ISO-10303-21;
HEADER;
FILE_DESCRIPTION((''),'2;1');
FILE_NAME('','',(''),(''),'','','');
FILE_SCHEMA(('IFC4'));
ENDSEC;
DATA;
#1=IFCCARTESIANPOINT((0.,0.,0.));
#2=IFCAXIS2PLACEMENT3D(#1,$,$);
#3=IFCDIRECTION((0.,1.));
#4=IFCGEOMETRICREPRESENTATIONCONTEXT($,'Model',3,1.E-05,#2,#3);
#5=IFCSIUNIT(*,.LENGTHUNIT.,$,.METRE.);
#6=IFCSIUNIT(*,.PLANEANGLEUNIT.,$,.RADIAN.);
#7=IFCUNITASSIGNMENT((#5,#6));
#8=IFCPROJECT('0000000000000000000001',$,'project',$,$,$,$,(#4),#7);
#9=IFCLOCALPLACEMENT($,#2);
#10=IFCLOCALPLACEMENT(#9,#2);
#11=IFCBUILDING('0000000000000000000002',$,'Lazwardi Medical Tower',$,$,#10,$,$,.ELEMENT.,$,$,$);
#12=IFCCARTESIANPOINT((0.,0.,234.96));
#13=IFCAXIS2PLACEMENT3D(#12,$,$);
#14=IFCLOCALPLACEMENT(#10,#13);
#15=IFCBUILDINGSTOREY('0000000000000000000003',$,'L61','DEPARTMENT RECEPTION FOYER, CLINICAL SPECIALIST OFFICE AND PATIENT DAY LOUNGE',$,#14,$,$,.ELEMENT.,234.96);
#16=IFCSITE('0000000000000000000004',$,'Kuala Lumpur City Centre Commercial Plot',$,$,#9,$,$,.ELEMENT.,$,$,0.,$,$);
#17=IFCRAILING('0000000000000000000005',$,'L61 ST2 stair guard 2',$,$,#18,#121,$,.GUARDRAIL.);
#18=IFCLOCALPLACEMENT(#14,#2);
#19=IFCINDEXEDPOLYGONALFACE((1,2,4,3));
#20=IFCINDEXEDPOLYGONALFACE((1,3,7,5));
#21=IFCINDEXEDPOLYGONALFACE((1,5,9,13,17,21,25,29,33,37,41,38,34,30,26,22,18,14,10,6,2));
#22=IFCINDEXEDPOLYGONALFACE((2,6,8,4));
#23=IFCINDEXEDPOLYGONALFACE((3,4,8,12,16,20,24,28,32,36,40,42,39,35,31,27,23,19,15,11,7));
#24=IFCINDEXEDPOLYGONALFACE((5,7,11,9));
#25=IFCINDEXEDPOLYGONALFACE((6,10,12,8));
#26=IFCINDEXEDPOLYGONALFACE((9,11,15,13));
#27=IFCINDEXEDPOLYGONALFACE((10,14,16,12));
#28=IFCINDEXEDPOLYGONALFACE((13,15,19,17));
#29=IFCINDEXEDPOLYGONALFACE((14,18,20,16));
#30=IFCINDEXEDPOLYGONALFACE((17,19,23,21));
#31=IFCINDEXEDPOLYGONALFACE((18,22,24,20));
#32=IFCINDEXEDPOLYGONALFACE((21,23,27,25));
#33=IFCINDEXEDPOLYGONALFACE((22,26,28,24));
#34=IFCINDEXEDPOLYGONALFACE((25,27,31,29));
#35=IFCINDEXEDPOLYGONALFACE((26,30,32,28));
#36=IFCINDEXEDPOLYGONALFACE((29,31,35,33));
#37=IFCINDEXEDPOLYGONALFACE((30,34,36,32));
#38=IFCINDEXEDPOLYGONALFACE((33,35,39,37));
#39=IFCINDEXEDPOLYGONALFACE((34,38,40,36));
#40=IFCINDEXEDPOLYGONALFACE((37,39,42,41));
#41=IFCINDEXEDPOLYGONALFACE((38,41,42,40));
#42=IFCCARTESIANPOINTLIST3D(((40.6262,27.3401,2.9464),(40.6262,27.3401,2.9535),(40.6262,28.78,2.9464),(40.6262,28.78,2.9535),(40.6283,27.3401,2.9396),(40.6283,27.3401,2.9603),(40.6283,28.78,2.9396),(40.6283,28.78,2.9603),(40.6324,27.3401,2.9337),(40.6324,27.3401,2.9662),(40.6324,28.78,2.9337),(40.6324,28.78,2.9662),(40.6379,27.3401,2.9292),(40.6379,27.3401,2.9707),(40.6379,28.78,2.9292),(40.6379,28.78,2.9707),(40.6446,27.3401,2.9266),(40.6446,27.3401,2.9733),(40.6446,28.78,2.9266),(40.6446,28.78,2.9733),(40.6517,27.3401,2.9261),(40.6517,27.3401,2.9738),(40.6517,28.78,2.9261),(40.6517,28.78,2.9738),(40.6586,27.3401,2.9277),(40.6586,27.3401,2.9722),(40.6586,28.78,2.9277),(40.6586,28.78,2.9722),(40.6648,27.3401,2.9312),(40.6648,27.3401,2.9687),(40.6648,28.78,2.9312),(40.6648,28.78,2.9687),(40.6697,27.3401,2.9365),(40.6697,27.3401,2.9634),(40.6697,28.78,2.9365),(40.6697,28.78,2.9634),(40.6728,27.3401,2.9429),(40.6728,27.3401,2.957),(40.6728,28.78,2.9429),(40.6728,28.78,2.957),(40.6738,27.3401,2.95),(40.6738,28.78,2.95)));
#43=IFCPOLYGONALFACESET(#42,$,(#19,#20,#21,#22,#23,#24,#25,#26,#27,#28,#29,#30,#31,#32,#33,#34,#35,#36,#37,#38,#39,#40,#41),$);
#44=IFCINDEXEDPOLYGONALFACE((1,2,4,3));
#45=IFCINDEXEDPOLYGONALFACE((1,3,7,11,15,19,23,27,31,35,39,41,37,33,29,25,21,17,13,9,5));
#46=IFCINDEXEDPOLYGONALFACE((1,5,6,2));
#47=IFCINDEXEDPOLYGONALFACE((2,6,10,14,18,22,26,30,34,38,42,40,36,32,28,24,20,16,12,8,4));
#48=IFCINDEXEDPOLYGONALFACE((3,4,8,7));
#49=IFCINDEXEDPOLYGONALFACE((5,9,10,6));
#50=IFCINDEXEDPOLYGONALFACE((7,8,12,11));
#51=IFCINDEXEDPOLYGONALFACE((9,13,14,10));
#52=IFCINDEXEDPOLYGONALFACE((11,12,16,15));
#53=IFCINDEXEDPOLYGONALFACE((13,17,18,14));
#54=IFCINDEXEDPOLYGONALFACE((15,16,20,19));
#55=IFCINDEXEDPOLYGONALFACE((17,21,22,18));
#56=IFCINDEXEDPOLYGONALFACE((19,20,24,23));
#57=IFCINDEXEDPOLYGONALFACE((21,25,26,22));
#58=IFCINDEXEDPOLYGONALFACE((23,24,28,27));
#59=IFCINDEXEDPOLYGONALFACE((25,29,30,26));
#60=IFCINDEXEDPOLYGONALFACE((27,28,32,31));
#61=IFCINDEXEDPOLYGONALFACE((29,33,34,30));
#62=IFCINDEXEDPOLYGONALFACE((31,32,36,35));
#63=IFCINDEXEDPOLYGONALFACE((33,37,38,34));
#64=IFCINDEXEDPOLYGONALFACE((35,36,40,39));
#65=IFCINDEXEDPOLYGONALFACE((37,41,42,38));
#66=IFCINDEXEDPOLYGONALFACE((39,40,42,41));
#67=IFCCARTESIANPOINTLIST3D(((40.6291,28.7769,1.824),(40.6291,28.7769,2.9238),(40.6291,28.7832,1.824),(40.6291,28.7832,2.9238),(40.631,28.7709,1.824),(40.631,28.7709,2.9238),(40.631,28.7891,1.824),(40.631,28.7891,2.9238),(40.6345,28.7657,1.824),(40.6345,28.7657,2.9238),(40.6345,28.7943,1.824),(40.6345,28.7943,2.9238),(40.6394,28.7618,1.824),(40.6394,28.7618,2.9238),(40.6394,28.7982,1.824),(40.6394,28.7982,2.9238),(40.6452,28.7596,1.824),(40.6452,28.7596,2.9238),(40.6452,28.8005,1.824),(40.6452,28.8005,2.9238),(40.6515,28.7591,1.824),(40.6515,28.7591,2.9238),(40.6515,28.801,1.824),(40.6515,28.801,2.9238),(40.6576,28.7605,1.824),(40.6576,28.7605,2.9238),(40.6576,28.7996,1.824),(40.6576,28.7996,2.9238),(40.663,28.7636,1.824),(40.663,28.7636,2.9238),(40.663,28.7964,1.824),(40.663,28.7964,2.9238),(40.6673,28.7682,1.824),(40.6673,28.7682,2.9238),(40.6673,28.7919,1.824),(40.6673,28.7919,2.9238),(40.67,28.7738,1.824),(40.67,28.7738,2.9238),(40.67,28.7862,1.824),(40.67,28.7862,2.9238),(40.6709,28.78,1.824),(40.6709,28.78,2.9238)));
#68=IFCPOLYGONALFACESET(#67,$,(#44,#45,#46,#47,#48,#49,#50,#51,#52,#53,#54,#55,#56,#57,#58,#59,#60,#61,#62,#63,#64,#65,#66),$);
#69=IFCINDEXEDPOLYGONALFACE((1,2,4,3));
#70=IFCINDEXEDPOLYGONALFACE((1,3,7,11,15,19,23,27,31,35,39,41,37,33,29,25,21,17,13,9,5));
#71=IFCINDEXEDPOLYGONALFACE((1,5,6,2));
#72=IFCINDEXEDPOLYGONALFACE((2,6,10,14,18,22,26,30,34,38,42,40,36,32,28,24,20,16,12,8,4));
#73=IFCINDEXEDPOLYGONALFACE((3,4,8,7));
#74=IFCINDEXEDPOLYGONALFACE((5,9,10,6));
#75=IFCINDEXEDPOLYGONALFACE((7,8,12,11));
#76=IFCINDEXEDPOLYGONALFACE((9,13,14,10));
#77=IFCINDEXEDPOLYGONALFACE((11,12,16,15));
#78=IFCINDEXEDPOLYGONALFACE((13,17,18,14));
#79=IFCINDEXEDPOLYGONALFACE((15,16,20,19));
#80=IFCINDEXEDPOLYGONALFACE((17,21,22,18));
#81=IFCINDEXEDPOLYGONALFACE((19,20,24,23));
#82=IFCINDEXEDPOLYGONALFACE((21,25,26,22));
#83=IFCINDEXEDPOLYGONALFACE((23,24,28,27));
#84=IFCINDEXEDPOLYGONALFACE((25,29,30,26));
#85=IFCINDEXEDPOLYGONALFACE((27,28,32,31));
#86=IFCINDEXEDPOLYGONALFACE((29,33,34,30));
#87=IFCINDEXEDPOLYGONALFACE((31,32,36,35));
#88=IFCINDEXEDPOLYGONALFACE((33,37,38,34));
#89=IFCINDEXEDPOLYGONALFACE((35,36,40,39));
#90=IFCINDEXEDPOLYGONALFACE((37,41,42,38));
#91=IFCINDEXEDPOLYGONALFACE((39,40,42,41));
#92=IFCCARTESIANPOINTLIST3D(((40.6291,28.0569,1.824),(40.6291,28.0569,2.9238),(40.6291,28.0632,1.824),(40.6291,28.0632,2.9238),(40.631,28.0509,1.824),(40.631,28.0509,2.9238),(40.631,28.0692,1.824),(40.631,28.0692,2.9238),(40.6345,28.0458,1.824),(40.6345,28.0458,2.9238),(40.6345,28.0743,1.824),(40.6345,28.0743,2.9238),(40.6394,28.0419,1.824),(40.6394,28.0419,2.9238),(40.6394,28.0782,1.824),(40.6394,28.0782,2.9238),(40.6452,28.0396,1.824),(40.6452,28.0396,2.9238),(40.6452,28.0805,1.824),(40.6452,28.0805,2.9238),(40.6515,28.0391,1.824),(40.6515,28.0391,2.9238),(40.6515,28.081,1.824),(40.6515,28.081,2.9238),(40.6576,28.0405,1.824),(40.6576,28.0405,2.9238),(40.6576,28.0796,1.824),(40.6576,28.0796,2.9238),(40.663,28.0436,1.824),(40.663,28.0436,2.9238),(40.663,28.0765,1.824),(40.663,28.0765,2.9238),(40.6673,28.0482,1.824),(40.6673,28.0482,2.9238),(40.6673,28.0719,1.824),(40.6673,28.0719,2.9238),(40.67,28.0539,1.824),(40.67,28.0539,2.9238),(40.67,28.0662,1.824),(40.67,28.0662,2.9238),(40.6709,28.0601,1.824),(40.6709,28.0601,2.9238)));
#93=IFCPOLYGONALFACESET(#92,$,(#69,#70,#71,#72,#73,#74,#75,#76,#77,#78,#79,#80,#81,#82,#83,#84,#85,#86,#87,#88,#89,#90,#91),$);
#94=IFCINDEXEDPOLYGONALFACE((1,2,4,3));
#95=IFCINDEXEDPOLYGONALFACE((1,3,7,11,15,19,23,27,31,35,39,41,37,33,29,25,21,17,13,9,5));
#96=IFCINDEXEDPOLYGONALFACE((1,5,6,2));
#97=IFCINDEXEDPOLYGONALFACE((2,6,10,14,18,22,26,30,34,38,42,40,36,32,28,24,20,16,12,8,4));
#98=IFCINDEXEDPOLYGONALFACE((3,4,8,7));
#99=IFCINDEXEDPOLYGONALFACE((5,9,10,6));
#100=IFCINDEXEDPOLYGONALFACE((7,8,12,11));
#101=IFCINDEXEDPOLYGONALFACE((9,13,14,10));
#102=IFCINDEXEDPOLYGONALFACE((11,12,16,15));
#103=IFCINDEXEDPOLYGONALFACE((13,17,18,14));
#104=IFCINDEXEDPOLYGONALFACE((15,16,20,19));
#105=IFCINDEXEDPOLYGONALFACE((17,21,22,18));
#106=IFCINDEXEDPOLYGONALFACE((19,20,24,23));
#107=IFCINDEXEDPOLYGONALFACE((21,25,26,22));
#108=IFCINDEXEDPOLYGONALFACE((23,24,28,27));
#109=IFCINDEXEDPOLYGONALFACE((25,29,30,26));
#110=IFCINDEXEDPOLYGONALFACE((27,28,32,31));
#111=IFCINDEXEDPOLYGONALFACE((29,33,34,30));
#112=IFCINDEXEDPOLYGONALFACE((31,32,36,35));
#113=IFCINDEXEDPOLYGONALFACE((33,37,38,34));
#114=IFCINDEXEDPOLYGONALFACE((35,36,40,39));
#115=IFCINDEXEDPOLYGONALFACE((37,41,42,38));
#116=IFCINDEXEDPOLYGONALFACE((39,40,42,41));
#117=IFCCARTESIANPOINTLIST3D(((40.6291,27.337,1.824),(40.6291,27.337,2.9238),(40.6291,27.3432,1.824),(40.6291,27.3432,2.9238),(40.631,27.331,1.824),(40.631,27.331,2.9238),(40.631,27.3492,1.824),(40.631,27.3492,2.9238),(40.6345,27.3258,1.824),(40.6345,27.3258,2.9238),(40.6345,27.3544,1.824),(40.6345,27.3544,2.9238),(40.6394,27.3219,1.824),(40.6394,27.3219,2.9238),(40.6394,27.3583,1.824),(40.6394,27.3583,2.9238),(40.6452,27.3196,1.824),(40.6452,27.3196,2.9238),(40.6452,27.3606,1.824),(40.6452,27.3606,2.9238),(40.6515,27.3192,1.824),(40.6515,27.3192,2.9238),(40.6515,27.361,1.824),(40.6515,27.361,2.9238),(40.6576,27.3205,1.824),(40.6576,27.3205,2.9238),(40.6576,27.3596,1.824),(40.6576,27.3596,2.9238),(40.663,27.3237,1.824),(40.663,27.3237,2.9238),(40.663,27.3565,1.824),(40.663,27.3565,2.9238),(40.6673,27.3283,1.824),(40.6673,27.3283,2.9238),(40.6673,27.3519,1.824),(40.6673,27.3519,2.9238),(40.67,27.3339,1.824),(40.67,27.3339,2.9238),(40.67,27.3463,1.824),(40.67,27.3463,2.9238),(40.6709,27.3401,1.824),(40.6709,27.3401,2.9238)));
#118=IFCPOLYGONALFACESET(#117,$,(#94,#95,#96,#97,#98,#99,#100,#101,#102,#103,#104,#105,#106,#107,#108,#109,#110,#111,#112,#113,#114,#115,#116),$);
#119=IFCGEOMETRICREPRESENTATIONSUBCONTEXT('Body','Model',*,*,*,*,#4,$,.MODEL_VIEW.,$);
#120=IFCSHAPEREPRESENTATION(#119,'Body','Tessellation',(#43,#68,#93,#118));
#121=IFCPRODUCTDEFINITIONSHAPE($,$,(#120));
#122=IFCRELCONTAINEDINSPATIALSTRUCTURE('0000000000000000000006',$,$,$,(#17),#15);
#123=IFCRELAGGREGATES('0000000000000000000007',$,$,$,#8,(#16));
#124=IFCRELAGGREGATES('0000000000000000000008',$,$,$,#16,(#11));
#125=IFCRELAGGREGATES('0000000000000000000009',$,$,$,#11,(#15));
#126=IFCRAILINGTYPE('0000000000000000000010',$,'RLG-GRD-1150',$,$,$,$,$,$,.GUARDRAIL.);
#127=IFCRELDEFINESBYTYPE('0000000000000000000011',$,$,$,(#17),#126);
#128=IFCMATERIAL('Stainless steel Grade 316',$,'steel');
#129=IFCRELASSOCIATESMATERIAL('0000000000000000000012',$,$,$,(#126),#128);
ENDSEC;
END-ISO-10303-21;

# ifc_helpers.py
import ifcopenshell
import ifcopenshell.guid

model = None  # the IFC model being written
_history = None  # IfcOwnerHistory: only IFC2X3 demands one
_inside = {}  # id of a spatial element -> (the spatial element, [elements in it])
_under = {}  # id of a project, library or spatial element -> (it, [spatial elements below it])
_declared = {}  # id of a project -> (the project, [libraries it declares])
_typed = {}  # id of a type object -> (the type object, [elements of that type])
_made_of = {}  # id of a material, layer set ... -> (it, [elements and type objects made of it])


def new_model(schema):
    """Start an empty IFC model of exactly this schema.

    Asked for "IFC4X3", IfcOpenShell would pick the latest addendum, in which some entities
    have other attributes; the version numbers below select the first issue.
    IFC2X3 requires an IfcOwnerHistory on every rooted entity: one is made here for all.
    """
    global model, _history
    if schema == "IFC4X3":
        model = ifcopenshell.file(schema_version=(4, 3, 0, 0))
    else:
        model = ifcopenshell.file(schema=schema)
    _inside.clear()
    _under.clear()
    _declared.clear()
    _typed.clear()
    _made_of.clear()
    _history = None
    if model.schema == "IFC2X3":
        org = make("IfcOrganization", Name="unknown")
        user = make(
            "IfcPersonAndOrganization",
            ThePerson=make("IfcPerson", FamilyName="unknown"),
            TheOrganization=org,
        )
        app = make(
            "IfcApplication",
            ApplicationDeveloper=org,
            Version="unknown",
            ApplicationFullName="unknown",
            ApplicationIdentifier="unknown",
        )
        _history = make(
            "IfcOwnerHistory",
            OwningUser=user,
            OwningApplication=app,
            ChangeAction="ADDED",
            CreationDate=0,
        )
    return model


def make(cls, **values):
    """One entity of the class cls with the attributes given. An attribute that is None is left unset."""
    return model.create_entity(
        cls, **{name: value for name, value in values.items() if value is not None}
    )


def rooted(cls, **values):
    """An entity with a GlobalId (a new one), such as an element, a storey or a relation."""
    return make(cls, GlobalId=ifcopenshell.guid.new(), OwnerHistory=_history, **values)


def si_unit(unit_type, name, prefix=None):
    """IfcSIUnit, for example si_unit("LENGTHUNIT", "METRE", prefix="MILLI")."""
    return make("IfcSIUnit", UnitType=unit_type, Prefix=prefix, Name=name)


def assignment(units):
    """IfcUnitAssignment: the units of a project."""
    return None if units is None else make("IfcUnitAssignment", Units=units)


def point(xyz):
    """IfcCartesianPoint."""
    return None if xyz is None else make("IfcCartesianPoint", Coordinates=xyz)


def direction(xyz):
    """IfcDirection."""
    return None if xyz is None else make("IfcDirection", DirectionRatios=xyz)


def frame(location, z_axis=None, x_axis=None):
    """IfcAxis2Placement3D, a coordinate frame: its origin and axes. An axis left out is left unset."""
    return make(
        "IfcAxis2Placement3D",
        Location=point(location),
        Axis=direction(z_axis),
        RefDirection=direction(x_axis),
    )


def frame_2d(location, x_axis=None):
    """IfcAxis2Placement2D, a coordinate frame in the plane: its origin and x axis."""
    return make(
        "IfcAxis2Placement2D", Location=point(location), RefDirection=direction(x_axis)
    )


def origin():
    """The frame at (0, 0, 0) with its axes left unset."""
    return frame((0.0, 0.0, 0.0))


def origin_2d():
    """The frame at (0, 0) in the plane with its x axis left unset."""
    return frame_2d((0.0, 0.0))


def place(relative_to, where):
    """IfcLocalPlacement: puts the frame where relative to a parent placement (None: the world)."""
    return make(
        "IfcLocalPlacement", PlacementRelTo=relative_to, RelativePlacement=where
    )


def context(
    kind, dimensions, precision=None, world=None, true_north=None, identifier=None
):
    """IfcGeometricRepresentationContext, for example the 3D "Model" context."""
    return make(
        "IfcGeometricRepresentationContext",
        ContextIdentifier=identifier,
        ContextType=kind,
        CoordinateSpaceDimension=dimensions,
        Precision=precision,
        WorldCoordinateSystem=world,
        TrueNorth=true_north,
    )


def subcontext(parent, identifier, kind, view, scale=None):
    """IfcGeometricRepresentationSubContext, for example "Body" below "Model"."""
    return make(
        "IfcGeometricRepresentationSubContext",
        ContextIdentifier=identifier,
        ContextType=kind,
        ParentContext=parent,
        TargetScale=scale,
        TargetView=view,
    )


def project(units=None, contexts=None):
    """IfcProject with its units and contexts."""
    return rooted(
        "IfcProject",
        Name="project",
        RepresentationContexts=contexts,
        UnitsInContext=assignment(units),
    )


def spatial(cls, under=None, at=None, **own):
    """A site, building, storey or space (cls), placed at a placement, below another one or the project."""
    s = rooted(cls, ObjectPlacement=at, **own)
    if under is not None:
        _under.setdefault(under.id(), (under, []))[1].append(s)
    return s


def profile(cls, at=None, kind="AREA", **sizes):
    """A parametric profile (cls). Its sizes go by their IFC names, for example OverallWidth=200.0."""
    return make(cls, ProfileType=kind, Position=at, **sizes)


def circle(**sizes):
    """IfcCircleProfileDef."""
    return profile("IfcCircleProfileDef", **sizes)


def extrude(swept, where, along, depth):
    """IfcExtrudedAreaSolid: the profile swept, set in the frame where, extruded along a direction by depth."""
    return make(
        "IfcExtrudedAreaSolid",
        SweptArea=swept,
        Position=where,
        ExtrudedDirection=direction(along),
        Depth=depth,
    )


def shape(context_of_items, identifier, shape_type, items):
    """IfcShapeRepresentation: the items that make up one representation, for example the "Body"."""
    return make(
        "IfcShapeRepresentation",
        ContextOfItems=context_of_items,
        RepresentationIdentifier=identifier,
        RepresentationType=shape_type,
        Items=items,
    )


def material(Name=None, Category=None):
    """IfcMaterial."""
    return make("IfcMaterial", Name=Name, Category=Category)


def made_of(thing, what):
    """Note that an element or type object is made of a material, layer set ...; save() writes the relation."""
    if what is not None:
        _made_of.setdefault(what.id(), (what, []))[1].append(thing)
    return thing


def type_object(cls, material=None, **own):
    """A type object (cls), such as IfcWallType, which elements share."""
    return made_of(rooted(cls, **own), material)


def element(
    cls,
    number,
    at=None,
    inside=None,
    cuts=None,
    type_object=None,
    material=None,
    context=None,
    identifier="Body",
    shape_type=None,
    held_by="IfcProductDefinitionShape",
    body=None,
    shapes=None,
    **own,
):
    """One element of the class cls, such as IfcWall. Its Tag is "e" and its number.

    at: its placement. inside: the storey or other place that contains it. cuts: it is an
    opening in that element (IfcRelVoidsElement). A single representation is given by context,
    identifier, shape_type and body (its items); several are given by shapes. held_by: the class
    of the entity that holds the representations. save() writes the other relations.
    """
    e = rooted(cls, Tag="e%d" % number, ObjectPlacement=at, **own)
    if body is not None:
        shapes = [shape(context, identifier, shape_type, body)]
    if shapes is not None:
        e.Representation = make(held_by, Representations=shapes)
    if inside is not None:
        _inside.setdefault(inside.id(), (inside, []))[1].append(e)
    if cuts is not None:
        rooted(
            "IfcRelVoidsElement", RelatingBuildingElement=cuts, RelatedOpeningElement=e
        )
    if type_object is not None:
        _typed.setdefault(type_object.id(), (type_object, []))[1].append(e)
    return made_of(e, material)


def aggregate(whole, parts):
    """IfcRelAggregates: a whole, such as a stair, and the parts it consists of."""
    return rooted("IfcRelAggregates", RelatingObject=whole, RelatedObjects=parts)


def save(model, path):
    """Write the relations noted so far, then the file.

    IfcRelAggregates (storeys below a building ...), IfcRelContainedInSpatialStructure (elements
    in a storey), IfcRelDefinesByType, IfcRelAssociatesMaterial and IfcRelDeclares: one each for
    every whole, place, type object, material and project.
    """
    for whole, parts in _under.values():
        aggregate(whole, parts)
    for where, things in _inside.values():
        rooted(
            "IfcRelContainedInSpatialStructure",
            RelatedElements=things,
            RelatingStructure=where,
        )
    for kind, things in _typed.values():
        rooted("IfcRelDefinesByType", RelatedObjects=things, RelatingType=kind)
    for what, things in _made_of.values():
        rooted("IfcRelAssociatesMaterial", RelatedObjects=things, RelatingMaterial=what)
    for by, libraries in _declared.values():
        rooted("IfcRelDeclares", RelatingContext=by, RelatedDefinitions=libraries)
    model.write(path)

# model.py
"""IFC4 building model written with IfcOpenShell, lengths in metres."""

from ifc_helpers import new_model, si_unit, direction, frame, origin, origin_2d, place, context, subcontext, project, spatial, circle, extrude, material, type_object, element, save


model = new_model("IFC4")

# Units and contexts
model_context = context("Model", 3, precision=1e-05, world=origin(), true_north=direction((0.0, 1.0)))
body_context = subcontext(model_context, "Body", "Model", "MODEL_VIEW")
ifc_project = project(units=[si_unit("LENGTHUNIT", "METRE"), si_unit("PLANEANGLEUNIT", "RADIAN")], contexts=[model_context])

# Site, building, storey
site_placement = place(None, origin())
site = spatial("IfcSite", under=ifc_project, at=site_placement, Name="Kuala Lumpur City Centre Commercial Plot", CompositionType="ELEMENT", RefElevation=0.0)
building_placement = place(site_placement, origin())
building = spatial("IfcBuilding", under=site, at=building_placement, Name="Lazwardi Medical Tower", CompositionType="ELEMENT")
storey_placement = place(building_placement, frame((0.0, 0.0, 234.96)))
storey = spatial("IfcBuildingStorey", under=building, at=storey_placement, Name="L61", Description="DEPARTMENT RECEPTION FOYER, CLINICAL SPECIALIST OFFICE AND PATIENT DAY LOUNGE", CompositionType="ELEMENT", Elevation=234.96)

# Railing
ifc_material_1 = material(Name="Stainless steel Grade 316", Category="steel")
railing_type_1 = type_object("IfcRailingType", Name="RLG-GRD-1150", PredefinedType="GUARDRAIL", material=ifc_material_1)
railing_1_placement = place(storey_placement, frame((40.6499, 28.78, 1.824)))
element("IfcRailing", 1, at=railing_1_placement, inside=storey, type_object=railing_type_1, Name="L61 ST2 stair guard 2", PredefinedType="GUARDRAIL", context=body_context, shape_type="SweptSolid", body=[
    extrude(circle(Radius=0.0239, at=origin_2d()), frame((0.0, 0.0, 1.126), z_axis=(0.0, -1.0, 0.0), x_axis=(1.0, 0.0, 0.0)), (0.0, 0.0, 1.0), 1.4399),
    extrude(circle(Radius=0.021, at=origin_2d()), origin(), (0.0, 0.0, 1.0), 1.0999),
    extrude(circle(Radius=0.021, at=origin_2d()), frame((0.0, -0.72, 0.0)), (0.0, 0.0, 1.0), 1.0999),
    extrude(circle(Radius=0.021, at=origin_2d()), frame((0.0, -1.4399, 0.0)), (0.0, 0.0, 1.0), 1.0999),
])

save(model, "model.ifc")
